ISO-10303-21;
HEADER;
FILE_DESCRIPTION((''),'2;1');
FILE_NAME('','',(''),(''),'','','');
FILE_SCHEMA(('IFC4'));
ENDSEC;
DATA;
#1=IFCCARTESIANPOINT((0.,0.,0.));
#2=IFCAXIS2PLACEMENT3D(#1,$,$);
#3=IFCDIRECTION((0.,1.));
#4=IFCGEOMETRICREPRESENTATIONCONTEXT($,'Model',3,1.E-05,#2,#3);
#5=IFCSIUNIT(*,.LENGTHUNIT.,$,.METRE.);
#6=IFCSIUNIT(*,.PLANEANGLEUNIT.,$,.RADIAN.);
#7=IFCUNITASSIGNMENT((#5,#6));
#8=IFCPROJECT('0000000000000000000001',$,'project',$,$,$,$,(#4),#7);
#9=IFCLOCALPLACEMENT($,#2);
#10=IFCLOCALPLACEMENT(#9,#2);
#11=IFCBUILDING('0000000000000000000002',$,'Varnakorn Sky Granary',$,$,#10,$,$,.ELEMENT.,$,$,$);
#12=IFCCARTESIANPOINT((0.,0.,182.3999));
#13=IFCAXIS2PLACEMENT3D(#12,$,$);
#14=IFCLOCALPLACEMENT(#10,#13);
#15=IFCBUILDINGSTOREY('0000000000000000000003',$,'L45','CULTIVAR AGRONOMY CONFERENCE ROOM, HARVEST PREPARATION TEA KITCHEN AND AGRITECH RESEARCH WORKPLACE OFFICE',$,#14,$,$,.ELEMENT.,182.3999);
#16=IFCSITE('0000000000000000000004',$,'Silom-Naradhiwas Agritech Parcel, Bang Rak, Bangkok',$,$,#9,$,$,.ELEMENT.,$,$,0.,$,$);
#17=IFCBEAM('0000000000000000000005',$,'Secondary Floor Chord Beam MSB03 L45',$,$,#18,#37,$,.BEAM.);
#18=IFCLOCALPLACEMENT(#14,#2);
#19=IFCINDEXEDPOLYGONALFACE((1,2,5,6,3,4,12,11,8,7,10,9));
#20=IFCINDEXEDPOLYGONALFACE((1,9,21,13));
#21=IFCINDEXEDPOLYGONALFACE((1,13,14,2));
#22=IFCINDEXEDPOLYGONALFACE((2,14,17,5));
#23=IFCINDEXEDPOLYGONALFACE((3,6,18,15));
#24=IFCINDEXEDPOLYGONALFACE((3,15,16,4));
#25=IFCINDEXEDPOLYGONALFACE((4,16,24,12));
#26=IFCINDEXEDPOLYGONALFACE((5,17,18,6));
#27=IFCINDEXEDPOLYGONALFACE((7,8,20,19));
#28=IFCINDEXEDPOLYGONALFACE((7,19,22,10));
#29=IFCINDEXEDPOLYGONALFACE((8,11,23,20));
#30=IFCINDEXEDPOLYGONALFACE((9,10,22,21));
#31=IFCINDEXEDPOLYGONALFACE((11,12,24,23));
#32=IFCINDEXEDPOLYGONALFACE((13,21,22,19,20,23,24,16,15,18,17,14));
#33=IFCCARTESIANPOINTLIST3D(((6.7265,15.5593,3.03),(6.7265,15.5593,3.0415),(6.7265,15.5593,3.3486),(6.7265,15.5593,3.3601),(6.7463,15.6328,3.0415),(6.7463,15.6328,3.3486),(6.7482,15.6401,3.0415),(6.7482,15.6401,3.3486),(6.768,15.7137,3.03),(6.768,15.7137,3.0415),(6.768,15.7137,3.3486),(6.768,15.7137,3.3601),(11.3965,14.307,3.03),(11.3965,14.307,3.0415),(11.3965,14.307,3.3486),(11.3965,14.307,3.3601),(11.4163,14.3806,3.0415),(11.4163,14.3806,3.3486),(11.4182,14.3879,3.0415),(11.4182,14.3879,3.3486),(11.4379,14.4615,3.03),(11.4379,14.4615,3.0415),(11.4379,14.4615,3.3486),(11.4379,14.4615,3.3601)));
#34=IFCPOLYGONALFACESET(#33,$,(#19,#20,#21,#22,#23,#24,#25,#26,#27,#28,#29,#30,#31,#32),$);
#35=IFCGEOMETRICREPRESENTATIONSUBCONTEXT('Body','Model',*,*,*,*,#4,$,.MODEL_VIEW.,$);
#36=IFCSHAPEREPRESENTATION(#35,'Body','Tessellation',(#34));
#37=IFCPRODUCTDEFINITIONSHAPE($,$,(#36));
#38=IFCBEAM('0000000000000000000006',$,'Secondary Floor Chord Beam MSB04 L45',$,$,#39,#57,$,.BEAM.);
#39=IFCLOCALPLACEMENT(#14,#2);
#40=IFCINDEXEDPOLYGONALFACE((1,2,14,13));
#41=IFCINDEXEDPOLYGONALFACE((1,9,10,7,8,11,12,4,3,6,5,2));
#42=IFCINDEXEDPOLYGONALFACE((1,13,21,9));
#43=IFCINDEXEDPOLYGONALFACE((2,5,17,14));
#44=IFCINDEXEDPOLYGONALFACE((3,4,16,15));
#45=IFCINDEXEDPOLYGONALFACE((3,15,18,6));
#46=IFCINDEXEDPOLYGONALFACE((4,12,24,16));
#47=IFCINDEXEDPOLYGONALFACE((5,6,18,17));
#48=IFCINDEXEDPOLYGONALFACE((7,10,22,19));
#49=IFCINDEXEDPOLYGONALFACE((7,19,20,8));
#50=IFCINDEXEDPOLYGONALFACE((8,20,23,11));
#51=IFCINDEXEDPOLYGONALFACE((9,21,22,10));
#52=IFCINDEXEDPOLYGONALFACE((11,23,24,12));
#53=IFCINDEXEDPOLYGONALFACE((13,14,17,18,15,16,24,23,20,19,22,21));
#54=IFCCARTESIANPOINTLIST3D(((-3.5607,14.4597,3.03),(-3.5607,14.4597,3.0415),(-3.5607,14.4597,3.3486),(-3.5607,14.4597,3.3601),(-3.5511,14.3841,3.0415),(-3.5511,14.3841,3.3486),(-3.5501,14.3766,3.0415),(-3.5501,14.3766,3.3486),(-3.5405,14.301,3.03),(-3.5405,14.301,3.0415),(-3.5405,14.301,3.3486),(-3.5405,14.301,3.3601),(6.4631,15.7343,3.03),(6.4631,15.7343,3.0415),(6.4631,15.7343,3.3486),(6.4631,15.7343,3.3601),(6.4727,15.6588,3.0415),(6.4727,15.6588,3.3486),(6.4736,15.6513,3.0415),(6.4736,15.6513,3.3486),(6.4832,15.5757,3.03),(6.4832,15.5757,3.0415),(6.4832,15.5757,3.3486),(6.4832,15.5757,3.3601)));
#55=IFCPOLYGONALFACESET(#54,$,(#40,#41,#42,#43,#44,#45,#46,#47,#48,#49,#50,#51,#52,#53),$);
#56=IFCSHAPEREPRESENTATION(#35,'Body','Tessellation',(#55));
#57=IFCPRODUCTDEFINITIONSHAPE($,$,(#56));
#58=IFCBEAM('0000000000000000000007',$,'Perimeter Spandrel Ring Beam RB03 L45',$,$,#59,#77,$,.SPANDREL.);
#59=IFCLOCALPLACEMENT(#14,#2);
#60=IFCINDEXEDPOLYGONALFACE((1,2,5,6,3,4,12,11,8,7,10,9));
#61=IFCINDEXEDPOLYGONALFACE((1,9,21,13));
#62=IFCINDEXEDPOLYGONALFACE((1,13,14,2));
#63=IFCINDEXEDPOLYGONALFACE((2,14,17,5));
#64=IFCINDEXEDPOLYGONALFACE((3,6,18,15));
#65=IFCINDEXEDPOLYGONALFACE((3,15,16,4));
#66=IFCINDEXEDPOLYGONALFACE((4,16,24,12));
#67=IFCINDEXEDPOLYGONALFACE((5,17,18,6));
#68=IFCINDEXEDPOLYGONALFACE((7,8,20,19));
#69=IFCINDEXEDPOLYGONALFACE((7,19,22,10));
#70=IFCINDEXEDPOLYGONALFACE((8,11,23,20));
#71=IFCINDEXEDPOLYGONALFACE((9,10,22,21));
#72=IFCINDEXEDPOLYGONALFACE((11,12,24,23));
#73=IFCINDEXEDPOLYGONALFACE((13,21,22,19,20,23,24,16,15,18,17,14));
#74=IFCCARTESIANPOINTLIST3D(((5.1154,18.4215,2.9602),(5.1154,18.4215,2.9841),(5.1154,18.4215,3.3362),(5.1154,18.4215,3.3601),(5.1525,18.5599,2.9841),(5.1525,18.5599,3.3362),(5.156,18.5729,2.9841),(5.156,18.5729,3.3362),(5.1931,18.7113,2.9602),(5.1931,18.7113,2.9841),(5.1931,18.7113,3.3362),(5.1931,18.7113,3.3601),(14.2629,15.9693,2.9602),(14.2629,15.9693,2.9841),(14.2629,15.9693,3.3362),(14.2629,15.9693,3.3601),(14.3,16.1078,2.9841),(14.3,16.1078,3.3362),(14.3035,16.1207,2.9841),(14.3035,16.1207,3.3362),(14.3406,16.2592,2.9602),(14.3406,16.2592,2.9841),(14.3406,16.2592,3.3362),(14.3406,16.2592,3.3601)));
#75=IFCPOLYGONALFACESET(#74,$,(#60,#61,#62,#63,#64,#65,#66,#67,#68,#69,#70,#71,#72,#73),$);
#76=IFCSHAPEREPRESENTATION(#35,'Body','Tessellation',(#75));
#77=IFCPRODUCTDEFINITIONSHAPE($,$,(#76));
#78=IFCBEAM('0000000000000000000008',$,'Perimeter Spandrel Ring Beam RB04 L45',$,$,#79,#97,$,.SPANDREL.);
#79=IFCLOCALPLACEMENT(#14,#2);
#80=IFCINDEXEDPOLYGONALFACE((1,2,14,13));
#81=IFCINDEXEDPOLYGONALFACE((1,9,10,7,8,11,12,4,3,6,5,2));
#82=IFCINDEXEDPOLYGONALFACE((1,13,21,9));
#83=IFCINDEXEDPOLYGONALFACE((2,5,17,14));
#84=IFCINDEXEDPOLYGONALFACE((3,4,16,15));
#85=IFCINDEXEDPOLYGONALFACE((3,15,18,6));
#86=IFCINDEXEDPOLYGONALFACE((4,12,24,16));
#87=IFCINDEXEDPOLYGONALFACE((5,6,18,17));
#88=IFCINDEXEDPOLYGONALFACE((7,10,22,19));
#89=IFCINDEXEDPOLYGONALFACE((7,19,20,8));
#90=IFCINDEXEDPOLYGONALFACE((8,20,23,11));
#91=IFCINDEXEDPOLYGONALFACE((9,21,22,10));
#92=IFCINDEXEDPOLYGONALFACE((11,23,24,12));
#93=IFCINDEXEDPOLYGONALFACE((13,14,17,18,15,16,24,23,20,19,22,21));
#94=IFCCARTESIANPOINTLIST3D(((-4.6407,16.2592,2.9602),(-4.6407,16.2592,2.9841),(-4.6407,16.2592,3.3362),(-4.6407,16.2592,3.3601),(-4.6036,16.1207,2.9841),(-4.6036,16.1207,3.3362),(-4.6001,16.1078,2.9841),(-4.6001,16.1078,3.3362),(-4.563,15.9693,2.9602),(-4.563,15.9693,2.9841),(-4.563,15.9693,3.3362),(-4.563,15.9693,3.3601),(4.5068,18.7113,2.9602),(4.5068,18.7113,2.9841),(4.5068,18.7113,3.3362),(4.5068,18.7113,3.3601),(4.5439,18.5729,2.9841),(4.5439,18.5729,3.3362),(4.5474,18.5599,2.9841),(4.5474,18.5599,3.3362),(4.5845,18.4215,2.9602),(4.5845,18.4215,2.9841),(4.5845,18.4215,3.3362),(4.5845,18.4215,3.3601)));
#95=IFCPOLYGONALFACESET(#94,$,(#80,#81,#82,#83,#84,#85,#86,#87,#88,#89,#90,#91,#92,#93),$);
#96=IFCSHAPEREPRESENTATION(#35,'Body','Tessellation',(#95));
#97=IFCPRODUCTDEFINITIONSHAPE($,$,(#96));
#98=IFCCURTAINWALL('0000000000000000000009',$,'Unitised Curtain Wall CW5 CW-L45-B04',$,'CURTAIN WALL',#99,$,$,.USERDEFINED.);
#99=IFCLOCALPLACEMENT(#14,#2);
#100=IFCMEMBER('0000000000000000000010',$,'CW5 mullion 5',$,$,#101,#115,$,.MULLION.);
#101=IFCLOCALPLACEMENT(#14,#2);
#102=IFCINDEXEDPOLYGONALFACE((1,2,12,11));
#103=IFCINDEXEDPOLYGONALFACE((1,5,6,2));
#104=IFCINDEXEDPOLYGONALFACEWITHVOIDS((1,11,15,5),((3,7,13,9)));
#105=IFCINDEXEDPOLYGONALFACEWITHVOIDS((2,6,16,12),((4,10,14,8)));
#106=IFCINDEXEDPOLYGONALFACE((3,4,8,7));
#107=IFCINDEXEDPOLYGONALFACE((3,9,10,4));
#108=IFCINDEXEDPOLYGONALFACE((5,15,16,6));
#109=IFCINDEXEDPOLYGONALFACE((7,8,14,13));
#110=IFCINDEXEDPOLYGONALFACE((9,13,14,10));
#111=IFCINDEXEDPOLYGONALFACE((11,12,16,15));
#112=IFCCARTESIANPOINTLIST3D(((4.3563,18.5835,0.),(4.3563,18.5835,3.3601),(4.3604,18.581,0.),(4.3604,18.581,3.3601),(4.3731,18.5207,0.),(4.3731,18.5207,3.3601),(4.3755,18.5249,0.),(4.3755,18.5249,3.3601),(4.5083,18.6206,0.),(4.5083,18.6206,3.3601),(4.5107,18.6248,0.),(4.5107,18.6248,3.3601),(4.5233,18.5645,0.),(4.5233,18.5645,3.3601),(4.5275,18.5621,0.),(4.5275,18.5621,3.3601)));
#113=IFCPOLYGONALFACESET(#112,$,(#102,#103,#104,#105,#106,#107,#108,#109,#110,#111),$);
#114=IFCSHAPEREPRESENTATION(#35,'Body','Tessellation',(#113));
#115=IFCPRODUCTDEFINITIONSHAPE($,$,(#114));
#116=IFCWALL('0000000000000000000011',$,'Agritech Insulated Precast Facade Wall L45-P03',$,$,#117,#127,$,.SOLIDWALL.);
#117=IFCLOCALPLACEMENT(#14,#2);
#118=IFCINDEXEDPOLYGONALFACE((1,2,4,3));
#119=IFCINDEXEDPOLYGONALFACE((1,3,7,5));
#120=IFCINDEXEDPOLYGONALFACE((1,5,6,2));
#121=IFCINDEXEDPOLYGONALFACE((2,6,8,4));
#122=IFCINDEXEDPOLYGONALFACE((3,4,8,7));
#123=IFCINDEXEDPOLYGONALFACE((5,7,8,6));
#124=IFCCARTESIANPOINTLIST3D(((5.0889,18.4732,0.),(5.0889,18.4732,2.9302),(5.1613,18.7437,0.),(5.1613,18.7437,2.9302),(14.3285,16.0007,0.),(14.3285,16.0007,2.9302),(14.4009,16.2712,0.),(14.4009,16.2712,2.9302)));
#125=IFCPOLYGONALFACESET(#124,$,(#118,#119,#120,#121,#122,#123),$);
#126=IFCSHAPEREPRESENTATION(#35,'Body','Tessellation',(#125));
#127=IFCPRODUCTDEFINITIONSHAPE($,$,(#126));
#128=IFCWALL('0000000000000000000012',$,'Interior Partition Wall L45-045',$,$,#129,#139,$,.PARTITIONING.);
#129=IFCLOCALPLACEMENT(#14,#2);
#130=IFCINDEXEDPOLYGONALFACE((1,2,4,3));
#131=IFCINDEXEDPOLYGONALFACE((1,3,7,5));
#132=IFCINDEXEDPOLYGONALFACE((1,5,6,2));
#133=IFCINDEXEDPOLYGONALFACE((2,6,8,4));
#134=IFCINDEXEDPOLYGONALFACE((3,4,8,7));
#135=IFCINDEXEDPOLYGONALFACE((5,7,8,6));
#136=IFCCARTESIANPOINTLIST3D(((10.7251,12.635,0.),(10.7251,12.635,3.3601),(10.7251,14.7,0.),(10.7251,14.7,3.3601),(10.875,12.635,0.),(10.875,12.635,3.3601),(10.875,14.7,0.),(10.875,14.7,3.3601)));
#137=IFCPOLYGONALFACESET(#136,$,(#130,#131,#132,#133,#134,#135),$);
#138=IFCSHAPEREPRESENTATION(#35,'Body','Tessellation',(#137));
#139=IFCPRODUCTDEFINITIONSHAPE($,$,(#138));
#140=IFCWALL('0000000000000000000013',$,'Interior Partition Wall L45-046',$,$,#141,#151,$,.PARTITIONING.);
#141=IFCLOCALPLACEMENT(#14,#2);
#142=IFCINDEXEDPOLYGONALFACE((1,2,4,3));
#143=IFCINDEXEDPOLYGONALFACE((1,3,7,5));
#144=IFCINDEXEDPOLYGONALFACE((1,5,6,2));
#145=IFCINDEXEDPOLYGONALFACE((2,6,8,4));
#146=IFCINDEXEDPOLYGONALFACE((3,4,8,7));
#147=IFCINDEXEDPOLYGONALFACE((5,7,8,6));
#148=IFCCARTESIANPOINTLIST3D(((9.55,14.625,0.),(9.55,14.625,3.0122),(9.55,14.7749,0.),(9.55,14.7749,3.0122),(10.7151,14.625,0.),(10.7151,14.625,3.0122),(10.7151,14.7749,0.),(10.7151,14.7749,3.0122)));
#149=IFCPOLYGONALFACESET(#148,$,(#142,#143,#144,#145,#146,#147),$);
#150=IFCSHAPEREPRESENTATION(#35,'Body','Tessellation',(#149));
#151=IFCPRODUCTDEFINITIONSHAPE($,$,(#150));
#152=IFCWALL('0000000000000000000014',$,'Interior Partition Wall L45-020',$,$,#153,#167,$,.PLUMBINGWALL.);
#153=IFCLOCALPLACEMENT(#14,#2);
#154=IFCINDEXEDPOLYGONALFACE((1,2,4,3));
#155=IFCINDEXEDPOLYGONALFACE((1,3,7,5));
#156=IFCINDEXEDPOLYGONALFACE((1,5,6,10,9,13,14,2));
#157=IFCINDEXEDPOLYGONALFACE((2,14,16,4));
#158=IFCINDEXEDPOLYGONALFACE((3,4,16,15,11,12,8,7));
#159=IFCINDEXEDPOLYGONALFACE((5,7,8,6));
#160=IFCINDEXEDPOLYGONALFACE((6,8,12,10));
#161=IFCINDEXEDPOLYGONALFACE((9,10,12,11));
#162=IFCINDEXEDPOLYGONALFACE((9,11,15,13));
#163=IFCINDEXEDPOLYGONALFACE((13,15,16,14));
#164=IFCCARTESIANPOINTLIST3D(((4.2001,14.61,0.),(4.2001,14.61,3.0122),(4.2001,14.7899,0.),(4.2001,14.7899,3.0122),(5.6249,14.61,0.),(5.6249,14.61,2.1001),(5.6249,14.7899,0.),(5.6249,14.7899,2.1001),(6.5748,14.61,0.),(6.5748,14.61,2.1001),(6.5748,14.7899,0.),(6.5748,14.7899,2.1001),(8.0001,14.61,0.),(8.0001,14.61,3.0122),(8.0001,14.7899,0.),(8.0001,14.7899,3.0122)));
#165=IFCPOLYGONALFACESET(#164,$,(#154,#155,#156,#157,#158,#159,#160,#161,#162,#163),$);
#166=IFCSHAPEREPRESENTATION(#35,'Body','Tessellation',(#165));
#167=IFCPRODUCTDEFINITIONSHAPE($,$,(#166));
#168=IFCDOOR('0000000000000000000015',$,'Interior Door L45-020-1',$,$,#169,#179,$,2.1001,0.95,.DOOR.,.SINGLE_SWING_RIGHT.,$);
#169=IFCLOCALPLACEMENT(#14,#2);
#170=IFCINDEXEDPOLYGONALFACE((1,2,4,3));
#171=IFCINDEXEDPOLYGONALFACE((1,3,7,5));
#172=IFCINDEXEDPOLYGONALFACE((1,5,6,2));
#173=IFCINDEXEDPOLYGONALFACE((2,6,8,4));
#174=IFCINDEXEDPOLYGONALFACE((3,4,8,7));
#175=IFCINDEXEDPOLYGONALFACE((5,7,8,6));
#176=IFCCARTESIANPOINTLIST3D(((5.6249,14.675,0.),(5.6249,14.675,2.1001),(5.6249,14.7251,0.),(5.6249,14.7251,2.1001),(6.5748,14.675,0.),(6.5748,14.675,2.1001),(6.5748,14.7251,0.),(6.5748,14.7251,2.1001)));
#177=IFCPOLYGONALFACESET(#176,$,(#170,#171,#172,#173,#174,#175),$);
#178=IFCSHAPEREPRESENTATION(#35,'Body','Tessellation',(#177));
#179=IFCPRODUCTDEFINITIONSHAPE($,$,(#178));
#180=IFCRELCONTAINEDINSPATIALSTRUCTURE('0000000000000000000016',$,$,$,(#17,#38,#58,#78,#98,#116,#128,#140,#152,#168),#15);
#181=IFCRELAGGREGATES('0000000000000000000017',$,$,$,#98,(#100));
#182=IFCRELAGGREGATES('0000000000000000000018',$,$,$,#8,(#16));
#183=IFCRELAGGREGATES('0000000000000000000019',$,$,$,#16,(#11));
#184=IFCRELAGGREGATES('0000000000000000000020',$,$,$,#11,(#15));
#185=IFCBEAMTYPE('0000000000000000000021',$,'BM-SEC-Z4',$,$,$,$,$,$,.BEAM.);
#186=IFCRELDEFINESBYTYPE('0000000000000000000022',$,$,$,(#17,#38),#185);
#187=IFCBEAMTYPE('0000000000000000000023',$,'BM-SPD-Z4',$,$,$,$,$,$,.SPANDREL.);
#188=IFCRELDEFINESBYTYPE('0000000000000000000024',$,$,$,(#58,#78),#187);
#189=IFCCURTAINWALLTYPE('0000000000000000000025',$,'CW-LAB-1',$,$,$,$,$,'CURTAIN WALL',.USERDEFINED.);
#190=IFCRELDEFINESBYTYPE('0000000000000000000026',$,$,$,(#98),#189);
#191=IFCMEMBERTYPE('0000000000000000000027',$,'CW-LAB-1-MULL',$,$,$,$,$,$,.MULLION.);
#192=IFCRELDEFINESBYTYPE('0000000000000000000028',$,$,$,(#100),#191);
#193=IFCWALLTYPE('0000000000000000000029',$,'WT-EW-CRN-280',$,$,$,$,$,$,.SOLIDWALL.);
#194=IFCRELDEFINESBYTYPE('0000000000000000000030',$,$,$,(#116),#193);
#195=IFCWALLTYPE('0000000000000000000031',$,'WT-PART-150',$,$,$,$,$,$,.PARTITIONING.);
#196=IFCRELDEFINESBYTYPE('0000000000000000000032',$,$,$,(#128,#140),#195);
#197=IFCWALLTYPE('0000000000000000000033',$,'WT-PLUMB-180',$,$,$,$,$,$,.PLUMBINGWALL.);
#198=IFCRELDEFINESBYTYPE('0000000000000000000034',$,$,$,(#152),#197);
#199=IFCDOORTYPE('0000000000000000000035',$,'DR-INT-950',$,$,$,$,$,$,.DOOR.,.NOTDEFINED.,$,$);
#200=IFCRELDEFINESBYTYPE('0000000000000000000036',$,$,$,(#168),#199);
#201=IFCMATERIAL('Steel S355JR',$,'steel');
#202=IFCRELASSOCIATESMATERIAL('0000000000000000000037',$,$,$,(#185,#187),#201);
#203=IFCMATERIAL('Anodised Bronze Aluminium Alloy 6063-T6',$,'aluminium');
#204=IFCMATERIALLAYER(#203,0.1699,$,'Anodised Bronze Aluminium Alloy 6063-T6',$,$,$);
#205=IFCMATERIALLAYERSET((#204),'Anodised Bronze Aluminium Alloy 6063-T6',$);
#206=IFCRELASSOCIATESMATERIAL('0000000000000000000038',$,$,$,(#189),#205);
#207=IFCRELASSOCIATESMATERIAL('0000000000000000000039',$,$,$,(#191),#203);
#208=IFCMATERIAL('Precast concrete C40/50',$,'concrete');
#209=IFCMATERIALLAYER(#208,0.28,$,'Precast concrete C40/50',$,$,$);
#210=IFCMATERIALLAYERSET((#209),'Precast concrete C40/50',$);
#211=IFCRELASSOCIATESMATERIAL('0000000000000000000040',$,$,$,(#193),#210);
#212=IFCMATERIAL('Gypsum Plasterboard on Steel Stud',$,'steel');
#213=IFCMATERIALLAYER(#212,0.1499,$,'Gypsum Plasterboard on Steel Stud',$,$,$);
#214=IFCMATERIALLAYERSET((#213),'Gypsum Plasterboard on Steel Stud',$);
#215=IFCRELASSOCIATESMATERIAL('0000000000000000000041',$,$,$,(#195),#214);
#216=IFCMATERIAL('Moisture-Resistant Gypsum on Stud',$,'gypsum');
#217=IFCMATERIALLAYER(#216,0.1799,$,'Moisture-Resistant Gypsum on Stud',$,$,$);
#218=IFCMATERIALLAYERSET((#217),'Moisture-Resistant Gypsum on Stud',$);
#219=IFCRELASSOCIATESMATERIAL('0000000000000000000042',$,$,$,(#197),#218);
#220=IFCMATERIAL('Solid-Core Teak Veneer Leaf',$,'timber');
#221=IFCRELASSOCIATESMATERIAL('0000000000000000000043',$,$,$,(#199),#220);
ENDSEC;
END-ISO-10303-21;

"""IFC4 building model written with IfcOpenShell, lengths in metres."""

from ifc_helpers import new_model, si_unit, direction, frame, frame_2d, origin, origin_2d, place, context, subcontext, project, spatial, rectangle, hollow_rectangle, i_section, extrude, material, layer, layer_set, material_profile, profile_set, type_object, element, fill, aggregate, save


model = new_model("IFC4")

# Units and contexts
model_context = context("Model", 3, precision=1e-05, world=origin(), true_north=direction((0.0, 1.0)))
body_context = subcontext(model_context, "Body", "Model", "MODEL_VIEW")
ifc_project = project(units=[si_unit("LENGTHUNIT", "METRE"), si_unit("PLANEANGLEUNIT", "RADIAN")], contexts=[model_context])

# Site, building, storey
site_placement = place(None, origin())
site = spatial("IfcSite", under=ifc_project, at=site_placement, Name="Silom-Naradhiwas Agritech Parcel, Bang Rak, Bangkok", CompositionType="ELEMENT", RefElevation=0.0)
building_placement = place(site_placement, origin())
building = spatial("IfcBuilding", under=site, at=building_placement, Name="Varnakorn Sky Granary", CompositionType="ELEMENT")
storey_placement = place(building_placement, frame((0.0, 0.0, 182.3999)))
storey = spatial("IfcBuildingStorey", under=building, at=storey_placement, Name="L45", Description="CULTIVAR AGRONOMY CONFERENCE ROOM, HARVEST PREPARATION TEA KITCHEN AND AGRITECH RESEARCH WORKPLACE OFFICE", CompositionType="ELEMENT", Elevation=182.3999)

# Beams
ifc_material_1 = material(Name="Steel S355JR", Category="steel")
ifc_material_profile_1 = material_profile(ifc_material_1, i_section(OverallWidth=0.1599, OverallDepth=0.3301, WebThickness=0.0076, FlangeThickness=0.0115, at=origin_2d()), Name="IPE 330")
ifc_profile_set_1 = profile_set([ifc_material_profile_1], Name="Steel S355JR")
beam_type_1 = type_object("IfcBeamType", Name="BM-SEC-Z4", PredefinedType="BEAM", material=ifc_profile_set_1)
beam_1_placement = place(storey_placement, frame((11.4172, 14.3843, 3.1951), z_axis=(-0.96588, 0.258992, 0.0), x_axis=(-0.258992, -0.96588, 0.0)))
element("IfcBeam", 1, at=beam_1_placement, inside=storey, type_object=beam_type_1, Name="Secondary Floor Chord Beam MSB03 L45", PredefinedType="BEAM", context=body_context, shape_type="SweptSolid", body=[
    extrude(i_section(OverallWidth=0.1599, OverallDepth=0.3301, WebThickness=0.0076, FlangeThickness=0.0115, at=origin_2d()), origin(), (0.0, 0.0, 1.0), 4.835),
])
beam_2_placement = place(storey_placement, frame((6.4731, 15.655, 3.1951), z_axis=(-0.992011, -0.126149, 0.0), x_axis=(0.126149, -0.992011, 0.0)))
element("IfcBeam", 2, at=beam_2_placement, inside=storey, type_object=beam_type_1, Name="Secondary Floor Chord Beam MSB04 L45", PredefinedType="BEAM", context=body_context, shape_type="SweptSolid", body=[
    extrude(i_section(OverallWidth=0.1599, OverallDepth=0.3301, WebThickness=0.0076, FlangeThickness=0.0115, at=origin_2d()), origin(), (0.0, 0.0, 1.0), 10.1045),
])
ifc_material_profile_2 = material_profile(ifc_material_1, i_section(OverallWidth=0.3, OverallDepth=0.3999, WebThickness=0.0134, FlangeThickness=0.0239, at=origin_2d()), Name="HE 400 B")
ifc_profile_set_2 = profile_set([ifc_material_profile_2], Name="Steel S355JR")
beam_type_2 = type_object("IfcBeamType", Name="BM-SPD-Z4", PredefinedType="SPANDREL", material=ifc_profile_set_2)
for number, where, z_axis, x_axis, name in (
    (3, (14.3018, 16.1143, 3.1602), (-0.965897, 0.258927, 0.0), (-0.258927, -0.965897, 0.0), "Perimeter Spandrel Ring Beam RB03 L45"),
    (4, (4.5457, 18.5664, 3.1602), (-0.965897, -0.258927, 0.0), (0.258927, -0.965897, 0.0), "Perimeter Spandrel Ring Beam RB04 L45"),
):
    element("IfcBeam", number, at=place(storey_placement, frame(where, z_axis=z_axis, x_axis=x_axis)), inside=storey, type_object=beam_type_2, Name=name, PredefinedType="SPANDREL", context=body_context, shape_type="SweptSolid", body=[
        extrude(i_section(OverallWidth=0.3, OverallDepth=0.3999, WebThickness=0.0134, FlangeThickness=0.0239, at=origin_2d()), origin(), (0.0, 0.0, 1.0), 9.4705),
    ])

# Curtain wall, member
ifc_material_2 = material(Name="Anodised Bronze Aluminium Alloy 6063-T6", Category="aluminium")
ifc_layer_1 = layer(ifc_material_2, 0.1699, Name="Anodised Bronze Aluminium Alloy 6063-T6")
ifc_layer_set_1 = layer_set([ifc_layer_1], Name="Anodised Bronze Aluminium Alloy 6063-T6")
curtain_wall_type = type_object("IfcCurtainWallType", Name="CW-LAB-1", ElementType="CURTAIN WALL", PredefinedType="USERDEFINED", material=ifc_layer_set_1)
curtain_wall_placement = place(storey_placement, origin())
curtain_wall = element("IfcCurtainWall", 5, at=curtain_wall_placement, inside=storey, type_object=curtain_wall_type, Name="Unitised Curtain Wall CW5 CW-L45-B04", ObjectType="CURTAIN WALL", PredefinedType="USERDEFINED")
ifc_material_profile_3 = material_profile(ifc_material_2, hollow_rectangle(XDim=0.0649, YDim=0.1599, WallThickness=0.0034, at=origin_2d()), Name="ALU MULL 65x160")
ifc_profile_set_3 = profile_set([ifc_material_profile_3], Name="Anodised Bronze Aluminium Alloy 6063-T6")
member_type = type_object("IfcMemberType", Name="CW-LAB-1-MULL", PredefinedType="MULLION", material=ifc_profile_set_3)
member_placement = place(storey_placement, frame((4.4419, 18.5728, 0.0), z_axis=(0.0, 0.0, 1.0), x_axis=(-0.258505, 0.96601, 0.0)))
member = element("IfcMember", 6, at=member_placement, type_object=member_type, Name="CW5 mullion 5", PredefinedType="MULLION", context=body_context, shape_type="SweptSolid", body=[
    extrude(hollow_rectangle(XDim=0.0649, YDim=0.1599, WallThickness=0.0034, at=origin_2d()), origin(), (0.0, 0.0, 1.0), 3.3601),
])
aggregate(curtain_wall, [member])

# Walls
ifc_material_3 = material(Name="Precast concrete C40/50", Category="concrete")
ifc_layer_2 = layer(ifc_material_3, 0.28, Name="Precast concrete C40/50")
ifc_layer_set_2 = layer_set([ifc_layer_2], Name="Precast concrete C40/50")
wall_type_1 = type_object("IfcWallType", Name="WT-EW-CRN-280", PredefinedType="SOLIDWALL", material=ifc_layer_set_2)
wall_1_placement = place(storey_placement, frame((5.1252, 18.6084, 0.0), z_axis=(0.0, 0.0, 1.0), x_axis=(0.966012, -0.258497, 0.0)))
element("IfcWall", 7, at=wall_1_placement, inside=storey, type_object=wall_type_1, Name="Agritech Insulated Precast Facade Wall L45-P03", PredefinedType="SOLIDWALL", context=body_context, shape_type="SweptSolid", body=[
    extrude(rectangle(XDim=9.5647, YDim=0.28, at=frame_2d((4.7822, 0.0))), origin(), (0.0, 0.0, 1.0), 2.9302),
])
ifc_material_4 = material(Name="Gypsum Plasterboard on Steel Stud", Category="steel")
ifc_layer_3 = layer(ifc_material_4, 0.1499, Name="Gypsum Plasterboard on Steel Stud")
ifc_layer_set_3 = layer_set([ifc_layer_3], Name="Gypsum Plasterboard on Steel Stud")
wall_type_2 = type_object("IfcWallType", Name="WT-PART-150", PredefinedType="PARTITIONING", material=ifc_layer_set_3)
wall_2_placement = place(storey_placement, frame((10.8, 12.635, 0.0), z_axis=(0.0, 0.0, 1.0), x_axis=(0.0, 1.0, 0.0)))
element("IfcWall", 8, at=wall_2_placement, inside=storey, type_object=wall_type_2, Name="Interior Partition Wall L45-045", PredefinedType="PARTITIONING", context=body_context, shape_type="SweptSolid", body=[
    extrude(rectangle(XDim=2.0649, YDim=0.1499, at=frame_2d((1.0325, 0.0))), origin(), (0.0, 0.0, 1.0), 3.3601),
])
wall_3_placement = place(storey_placement, frame((10.7151, 14.7, 0.0), z_axis=(0.0, 0.0, 1.0), x_axis=(-1.0, 0.0, 0.0)))
element("IfcWall", 9, at=wall_3_placement, inside=storey, type_object=wall_type_2, Name="Interior Partition Wall L45-046", PredefinedType="PARTITIONING", context=body_context, shape_type="SweptSolid", body=[
    extrude(rectangle(XDim=1.165, YDim=0.1499, at=frame_2d((0.5825, 0.0))), origin(), (0.0, 0.0, 1.0), 3.0122),
])

# Wall, opening, door
ifc_material_5 = material(Name="Moisture-Resistant Gypsum on Stud", Category="gypsum")
ifc_layer_4 = layer(ifc_material_5, 0.1799, Name="Moisture-Resistant Gypsum on Stud")
ifc_layer_set_4 = layer_set([ifc_layer_4], Name="Moisture-Resistant Gypsum on Stud")
wall_type_3 = type_object("IfcWallType", Name="WT-PLUMB-180", PredefinedType="PLUMBINGWALL", material=ifc_layer_set_4)
wall_4_placement = place(storey_placement, frame((8.0, 14.7, 0.0), z_axis=(0.0, 0.0, 1.0), x_axis=(-1.0, 0.0, 0.0)))
wall_4 = element("IfcWall", 10, at=wall_4_placement, inside=storey, type_object=wall_type_3, Name="Interior Partition Wall L45-020", PredefinedType="PLUMBINGWALL", context=body_context, shape_type="SweptSolid", body=[
    extrude(rectangle(XDim=3.8, YDim=0.1799, at=frame_2d((1.8999, 0.0))), origin(), (0.0, 0.0, 1.0), 3.0122),
])
opening_placement = place(wall_4_placement, frame((1.425, 0.0, 0.0)))
opening = element("IfcOpeningElement", 11, at=opening_placement, cuts=wall_4, PredefinedType="OPENING", context=body_context, shape_type="SweptSolid", body=[
    extrude(rectangle(XDim=0.95, YDim=2.1001, at=frame_2d((0.4751, 1.05))), frame((0.0, 0.1001, 0.0), z_axis=(0.0, -1.0, 0.0), x_axis=(1.0, 0.0, 0.0)), (0.0, 0.0, 1.0), 0.2),
])
ifc_material_6 = material(Name="Solid-Core Teak Veneer Leaf", Category="timber")
door_type = type_object("IfcDoorType", Name="DR-INT-950", OperationType="NOTDEFINED", PredefinedType="DOOR", material=ifc_material_6)
door_placement = place(opening_placement, origin())
door = element("IfcDoor", 12, at=door_placement, inside=storey, type_object=door_type, Name="Interior Door L45-020-1", OperationType="SINGLE_SWING_RIGHT", OverallHeight=2.1001, OverallWidth=0.95, PredefinedType="DOOR", context=body_context, shape_type="SweptSolid", body=[
    extrude(rectangle(XDim=0.95, YDim=2.1001, at=frame_2d((0.4751, 1.05))), frame((0.0, 0.0249, 0.0), z_axis=(0.0, -1.0, 0.0), x_axis=(1.0, 0.0, 0.0)), (0.0, 0.0, 1.0), 0.05),
])
fill(opening, door)

save(model, "model.ifc")
